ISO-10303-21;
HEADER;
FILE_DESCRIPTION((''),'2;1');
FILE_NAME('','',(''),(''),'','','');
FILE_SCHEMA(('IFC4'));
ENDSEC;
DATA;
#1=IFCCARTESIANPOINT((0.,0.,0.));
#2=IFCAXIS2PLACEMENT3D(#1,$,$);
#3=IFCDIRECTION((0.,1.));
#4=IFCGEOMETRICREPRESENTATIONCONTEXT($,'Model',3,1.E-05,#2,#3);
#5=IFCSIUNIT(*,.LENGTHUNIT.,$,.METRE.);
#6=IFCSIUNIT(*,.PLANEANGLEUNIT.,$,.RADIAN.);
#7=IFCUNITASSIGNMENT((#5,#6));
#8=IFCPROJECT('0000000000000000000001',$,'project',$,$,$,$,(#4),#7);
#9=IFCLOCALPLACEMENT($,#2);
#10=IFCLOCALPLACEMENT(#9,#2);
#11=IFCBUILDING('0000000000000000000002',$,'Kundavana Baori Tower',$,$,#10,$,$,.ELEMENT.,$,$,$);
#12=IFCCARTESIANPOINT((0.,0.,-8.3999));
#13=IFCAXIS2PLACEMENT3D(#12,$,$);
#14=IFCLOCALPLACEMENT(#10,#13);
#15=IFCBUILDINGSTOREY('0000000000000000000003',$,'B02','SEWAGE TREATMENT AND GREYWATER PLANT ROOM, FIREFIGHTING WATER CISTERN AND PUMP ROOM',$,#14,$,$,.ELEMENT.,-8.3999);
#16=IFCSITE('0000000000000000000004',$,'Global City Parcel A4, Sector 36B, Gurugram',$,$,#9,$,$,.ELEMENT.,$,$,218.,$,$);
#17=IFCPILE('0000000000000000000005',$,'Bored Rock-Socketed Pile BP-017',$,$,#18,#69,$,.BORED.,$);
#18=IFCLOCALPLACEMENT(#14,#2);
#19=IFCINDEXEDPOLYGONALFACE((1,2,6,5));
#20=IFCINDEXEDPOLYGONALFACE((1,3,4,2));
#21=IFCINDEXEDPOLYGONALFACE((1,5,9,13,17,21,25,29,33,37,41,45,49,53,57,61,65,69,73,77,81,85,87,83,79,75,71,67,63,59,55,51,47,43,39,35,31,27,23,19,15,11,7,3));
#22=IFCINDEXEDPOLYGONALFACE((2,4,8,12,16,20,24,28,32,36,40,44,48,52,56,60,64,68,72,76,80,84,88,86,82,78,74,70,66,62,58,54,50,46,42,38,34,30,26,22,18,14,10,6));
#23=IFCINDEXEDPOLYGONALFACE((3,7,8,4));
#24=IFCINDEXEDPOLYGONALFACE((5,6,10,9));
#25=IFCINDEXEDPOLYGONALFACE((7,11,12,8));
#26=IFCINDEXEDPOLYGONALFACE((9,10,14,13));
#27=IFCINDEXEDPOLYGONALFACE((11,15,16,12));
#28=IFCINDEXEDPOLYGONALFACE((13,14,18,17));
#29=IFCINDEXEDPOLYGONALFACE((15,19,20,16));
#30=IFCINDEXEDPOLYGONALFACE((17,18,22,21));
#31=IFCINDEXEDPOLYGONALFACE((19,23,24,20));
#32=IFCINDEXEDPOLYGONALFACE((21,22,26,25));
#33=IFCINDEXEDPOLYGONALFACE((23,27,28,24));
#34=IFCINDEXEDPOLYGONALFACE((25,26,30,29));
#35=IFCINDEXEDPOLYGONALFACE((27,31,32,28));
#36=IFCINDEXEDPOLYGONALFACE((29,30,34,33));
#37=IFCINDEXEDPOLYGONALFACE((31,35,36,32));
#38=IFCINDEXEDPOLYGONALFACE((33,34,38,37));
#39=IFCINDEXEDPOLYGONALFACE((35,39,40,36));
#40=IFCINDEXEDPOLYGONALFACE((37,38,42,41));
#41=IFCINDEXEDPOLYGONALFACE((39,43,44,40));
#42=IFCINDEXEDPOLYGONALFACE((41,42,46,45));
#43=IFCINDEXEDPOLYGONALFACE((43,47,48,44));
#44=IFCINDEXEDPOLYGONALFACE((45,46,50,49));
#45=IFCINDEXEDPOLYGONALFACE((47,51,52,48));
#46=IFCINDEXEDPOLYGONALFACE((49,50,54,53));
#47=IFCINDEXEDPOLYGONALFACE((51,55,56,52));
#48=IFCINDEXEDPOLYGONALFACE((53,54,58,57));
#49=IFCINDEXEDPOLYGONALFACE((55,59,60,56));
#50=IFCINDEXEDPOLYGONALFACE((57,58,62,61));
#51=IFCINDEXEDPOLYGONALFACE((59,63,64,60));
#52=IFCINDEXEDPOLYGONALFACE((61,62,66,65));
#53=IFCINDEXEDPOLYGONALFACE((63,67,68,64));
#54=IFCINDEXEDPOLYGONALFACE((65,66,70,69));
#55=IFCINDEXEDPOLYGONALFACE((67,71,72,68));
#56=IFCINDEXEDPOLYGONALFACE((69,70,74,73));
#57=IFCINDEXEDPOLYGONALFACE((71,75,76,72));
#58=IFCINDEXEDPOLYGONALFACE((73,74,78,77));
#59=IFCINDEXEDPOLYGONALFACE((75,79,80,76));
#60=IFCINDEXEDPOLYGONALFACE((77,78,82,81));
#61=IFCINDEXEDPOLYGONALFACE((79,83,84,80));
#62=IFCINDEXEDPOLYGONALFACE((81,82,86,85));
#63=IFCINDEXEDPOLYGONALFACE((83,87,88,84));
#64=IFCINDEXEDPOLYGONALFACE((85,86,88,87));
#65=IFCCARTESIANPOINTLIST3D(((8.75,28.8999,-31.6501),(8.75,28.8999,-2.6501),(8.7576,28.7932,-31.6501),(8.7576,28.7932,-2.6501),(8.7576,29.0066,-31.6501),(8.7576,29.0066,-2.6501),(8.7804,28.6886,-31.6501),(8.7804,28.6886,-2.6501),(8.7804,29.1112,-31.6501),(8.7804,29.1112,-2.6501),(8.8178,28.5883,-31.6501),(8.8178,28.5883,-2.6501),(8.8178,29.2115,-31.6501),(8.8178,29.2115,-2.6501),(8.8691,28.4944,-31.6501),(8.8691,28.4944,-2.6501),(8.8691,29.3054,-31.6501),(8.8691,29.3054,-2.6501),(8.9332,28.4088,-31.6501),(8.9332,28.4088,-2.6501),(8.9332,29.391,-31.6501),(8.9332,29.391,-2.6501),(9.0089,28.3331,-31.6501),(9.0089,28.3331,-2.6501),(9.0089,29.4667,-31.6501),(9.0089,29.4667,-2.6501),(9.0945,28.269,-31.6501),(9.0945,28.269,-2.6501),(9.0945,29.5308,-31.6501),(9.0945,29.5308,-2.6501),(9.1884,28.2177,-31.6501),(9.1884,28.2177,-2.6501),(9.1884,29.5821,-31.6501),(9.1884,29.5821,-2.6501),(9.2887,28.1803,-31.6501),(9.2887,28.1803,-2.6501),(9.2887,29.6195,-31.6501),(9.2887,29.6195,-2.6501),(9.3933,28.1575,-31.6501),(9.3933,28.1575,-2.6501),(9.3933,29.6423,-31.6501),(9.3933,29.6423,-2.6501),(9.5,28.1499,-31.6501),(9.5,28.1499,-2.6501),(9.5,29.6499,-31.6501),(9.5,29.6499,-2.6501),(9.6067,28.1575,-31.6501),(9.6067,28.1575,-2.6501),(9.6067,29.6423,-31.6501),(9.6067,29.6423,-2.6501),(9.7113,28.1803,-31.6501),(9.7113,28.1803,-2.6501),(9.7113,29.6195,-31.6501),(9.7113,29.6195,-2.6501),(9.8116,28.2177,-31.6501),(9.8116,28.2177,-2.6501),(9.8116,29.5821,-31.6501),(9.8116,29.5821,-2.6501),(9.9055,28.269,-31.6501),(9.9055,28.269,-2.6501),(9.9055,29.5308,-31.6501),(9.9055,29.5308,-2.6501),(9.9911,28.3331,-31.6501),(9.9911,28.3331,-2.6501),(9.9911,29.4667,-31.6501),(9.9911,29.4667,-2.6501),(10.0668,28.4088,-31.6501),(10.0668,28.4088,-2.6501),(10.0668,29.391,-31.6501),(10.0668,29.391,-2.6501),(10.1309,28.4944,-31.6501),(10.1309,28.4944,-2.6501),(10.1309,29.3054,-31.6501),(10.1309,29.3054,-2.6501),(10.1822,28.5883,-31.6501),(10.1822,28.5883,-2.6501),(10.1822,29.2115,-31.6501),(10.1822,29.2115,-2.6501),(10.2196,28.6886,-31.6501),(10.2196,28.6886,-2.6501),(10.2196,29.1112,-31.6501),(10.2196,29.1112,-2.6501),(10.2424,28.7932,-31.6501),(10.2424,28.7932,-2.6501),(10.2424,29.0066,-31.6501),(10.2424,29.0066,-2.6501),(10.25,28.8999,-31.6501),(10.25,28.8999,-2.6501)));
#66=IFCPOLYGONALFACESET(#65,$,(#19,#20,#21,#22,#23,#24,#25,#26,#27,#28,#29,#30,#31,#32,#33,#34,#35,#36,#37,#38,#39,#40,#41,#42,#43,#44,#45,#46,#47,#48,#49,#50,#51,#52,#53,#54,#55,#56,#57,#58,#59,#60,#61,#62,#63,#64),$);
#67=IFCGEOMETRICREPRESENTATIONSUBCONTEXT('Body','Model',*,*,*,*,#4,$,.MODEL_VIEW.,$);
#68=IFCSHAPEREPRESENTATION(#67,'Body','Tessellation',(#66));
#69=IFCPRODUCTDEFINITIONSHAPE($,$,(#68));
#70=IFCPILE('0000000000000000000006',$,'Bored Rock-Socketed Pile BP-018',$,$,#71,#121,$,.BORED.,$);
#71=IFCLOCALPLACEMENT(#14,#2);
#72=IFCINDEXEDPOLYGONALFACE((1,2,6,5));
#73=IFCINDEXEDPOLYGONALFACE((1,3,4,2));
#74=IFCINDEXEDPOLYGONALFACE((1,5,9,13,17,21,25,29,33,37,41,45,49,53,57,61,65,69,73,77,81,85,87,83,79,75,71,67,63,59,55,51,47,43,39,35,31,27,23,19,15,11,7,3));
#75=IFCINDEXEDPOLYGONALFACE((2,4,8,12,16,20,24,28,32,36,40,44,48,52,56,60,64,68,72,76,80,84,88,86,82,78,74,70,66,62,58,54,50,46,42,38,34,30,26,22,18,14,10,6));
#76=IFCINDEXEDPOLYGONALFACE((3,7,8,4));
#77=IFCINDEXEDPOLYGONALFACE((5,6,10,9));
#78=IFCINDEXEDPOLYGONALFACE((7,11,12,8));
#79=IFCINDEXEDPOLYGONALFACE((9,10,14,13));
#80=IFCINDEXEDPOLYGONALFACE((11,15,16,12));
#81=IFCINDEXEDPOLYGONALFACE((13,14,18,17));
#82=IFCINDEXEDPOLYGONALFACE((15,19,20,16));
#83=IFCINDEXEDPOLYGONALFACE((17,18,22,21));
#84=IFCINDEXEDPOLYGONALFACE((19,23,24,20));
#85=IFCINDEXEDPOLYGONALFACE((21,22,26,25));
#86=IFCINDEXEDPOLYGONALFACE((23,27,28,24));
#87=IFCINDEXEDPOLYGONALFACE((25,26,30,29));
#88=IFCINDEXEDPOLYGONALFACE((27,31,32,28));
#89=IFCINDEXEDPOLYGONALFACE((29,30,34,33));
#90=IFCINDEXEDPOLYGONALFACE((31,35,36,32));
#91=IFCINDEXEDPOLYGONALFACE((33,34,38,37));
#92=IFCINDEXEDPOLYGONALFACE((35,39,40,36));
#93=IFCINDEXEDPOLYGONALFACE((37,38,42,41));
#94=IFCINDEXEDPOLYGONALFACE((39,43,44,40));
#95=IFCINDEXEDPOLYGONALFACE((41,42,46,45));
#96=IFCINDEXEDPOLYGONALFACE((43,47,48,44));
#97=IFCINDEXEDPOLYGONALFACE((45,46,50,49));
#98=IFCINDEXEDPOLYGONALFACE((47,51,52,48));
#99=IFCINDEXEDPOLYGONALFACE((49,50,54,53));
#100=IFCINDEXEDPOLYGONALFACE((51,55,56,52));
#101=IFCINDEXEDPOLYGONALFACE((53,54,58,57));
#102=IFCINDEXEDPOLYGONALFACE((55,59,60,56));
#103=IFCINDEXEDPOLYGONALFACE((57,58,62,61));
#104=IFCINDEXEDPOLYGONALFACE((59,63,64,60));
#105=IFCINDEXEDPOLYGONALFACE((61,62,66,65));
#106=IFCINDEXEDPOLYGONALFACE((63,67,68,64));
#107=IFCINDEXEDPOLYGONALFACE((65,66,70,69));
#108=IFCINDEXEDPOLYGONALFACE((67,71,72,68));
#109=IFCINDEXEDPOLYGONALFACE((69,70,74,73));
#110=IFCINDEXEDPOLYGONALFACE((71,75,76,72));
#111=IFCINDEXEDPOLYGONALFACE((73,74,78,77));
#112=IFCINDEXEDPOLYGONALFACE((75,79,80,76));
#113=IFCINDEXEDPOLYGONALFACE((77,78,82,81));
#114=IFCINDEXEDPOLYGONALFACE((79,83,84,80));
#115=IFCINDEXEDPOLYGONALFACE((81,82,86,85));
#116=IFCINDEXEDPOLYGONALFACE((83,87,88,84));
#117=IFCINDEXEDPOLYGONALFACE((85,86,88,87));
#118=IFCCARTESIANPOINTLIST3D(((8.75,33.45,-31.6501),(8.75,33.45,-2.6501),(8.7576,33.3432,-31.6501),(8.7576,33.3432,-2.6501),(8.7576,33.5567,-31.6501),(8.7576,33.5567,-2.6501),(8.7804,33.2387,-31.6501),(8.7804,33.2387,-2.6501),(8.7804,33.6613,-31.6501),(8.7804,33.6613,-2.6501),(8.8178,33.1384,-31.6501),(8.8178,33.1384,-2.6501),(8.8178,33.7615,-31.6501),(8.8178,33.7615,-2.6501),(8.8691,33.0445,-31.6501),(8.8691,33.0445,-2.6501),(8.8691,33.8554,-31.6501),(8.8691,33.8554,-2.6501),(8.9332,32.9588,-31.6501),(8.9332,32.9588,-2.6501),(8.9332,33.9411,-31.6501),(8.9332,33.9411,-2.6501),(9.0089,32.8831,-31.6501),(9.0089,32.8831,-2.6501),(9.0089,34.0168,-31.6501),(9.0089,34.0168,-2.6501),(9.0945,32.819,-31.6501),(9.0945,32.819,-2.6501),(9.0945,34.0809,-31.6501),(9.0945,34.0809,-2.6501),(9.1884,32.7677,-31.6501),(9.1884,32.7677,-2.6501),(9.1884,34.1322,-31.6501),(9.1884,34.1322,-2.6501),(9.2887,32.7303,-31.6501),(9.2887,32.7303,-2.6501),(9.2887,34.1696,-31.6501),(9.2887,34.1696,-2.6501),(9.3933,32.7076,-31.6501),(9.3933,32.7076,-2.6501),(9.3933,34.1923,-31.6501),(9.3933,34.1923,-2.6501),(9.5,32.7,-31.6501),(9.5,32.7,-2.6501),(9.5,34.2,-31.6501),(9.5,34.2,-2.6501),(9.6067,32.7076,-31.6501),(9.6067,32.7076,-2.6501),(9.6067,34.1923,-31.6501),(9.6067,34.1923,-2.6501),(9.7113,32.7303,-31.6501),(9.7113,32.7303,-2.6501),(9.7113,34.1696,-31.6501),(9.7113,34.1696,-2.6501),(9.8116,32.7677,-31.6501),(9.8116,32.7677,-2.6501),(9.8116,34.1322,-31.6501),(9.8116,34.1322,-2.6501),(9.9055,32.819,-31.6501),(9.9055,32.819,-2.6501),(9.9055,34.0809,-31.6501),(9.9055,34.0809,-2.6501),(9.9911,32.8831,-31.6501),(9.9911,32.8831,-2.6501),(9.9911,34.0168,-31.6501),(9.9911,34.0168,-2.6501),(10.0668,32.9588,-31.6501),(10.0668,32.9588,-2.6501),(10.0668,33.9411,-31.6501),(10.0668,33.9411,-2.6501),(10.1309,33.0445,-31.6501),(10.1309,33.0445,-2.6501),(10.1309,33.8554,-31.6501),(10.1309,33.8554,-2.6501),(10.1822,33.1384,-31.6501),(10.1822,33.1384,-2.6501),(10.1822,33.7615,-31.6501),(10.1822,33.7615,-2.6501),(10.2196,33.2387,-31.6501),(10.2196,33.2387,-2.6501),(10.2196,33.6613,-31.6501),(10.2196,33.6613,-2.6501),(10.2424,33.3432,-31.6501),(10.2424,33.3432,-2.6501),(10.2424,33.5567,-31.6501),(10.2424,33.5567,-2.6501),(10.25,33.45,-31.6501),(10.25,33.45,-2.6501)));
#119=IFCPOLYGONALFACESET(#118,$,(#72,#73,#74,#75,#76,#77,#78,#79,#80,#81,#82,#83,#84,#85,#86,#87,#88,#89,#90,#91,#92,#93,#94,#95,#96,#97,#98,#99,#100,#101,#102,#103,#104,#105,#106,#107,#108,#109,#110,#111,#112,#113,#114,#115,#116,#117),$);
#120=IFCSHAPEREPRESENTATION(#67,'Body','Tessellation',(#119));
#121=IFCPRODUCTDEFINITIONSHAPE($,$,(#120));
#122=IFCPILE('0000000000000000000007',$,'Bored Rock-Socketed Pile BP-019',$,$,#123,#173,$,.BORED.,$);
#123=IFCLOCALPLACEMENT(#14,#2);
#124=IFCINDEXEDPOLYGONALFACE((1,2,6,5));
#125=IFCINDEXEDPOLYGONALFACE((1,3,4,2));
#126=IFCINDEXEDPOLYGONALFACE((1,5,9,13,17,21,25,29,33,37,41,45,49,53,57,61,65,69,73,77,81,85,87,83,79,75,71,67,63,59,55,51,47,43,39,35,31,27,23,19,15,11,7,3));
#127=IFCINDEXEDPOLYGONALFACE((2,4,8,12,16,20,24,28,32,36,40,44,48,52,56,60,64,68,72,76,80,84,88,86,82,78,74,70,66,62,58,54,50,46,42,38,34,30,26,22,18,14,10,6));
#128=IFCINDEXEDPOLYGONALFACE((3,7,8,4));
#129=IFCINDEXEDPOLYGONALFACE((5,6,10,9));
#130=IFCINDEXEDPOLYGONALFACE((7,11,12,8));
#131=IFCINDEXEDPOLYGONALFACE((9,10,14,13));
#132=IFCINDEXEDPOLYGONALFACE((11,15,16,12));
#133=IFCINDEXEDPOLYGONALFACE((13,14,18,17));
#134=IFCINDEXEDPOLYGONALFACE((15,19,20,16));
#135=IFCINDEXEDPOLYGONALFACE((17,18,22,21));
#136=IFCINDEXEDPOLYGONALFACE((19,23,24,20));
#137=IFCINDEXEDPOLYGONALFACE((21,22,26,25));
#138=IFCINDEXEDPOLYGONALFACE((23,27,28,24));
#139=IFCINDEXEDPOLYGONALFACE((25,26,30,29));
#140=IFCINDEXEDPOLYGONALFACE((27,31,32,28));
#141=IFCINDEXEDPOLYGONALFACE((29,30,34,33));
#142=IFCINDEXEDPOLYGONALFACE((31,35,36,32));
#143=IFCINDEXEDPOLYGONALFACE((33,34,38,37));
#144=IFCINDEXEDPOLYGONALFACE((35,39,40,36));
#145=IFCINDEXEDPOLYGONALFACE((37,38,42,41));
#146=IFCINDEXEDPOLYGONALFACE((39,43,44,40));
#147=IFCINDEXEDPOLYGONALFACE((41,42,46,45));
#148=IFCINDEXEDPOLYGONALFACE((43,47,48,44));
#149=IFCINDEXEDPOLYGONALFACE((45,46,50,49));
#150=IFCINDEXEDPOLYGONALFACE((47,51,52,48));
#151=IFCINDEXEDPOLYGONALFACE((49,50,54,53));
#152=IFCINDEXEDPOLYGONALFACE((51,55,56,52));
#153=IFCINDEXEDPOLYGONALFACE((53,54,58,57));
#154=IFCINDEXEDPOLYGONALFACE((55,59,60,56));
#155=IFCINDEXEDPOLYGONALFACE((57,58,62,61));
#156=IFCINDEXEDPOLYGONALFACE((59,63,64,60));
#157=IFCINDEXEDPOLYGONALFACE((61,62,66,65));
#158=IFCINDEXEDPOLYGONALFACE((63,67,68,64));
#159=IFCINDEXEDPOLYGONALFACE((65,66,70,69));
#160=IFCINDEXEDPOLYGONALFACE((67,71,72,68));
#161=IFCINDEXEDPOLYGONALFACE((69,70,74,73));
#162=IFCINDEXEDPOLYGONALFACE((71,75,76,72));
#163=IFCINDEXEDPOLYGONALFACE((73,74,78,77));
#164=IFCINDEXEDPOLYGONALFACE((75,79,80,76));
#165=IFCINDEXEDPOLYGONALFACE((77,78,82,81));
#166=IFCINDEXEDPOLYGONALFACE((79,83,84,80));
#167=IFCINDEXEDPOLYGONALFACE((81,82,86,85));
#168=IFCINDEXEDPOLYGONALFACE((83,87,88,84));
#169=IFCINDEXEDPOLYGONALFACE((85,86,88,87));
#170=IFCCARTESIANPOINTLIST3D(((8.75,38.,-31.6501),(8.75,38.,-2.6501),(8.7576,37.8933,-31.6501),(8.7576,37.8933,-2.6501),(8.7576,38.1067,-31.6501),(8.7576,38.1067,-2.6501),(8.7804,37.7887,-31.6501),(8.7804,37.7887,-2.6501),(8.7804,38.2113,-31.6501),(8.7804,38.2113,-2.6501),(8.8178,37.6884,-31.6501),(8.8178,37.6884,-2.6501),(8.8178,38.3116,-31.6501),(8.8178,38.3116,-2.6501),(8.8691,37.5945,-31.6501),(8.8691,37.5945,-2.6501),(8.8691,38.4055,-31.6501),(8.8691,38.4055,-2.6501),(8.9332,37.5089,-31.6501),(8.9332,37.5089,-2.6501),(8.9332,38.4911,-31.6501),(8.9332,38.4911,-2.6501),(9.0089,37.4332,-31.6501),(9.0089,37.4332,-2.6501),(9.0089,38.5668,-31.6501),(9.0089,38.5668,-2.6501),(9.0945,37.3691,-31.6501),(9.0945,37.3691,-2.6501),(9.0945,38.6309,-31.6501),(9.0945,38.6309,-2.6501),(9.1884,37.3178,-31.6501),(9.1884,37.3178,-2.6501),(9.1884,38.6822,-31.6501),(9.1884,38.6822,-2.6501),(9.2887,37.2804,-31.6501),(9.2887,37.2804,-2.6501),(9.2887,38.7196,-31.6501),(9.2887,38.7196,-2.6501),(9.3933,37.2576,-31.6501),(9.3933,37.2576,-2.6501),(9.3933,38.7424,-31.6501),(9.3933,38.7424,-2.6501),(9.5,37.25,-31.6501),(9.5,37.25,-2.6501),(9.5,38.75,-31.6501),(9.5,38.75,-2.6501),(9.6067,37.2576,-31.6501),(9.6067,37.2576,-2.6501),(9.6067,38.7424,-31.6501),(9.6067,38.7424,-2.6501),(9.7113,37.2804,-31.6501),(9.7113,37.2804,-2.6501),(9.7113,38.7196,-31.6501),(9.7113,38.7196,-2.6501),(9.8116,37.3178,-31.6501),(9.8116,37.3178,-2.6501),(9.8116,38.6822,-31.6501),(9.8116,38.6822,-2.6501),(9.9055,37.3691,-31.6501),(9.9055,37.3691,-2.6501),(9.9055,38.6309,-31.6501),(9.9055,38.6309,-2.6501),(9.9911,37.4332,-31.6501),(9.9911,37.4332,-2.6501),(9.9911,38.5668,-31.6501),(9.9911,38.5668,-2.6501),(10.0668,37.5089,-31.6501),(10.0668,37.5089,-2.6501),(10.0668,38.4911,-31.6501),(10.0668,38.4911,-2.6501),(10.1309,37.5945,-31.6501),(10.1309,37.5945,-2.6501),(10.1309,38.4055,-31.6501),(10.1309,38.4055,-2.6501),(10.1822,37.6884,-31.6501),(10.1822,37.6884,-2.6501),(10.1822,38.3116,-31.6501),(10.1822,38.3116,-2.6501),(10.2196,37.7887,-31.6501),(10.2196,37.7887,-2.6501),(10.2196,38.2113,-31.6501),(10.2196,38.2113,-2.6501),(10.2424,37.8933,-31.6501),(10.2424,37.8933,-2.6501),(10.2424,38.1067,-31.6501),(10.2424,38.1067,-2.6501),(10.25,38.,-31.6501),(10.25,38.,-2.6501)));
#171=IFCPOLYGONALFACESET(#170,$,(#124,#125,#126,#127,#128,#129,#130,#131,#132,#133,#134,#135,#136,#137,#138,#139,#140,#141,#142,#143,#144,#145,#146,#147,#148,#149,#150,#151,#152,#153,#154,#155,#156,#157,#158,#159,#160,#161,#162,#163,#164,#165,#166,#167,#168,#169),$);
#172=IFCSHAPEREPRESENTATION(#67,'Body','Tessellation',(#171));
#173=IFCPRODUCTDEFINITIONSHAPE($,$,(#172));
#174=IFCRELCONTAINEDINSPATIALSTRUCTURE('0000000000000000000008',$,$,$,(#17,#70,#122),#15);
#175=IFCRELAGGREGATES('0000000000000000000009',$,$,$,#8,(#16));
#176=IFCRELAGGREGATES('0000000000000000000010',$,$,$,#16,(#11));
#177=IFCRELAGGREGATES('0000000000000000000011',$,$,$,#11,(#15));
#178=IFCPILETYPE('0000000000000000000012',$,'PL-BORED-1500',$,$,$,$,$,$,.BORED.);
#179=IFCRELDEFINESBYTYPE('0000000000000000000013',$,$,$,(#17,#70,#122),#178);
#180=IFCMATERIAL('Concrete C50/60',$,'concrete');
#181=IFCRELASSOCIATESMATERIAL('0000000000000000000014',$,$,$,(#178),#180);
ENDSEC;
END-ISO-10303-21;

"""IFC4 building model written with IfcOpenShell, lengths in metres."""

from ifc_helpers import new_model, si_unit, direction, frame, origin, origin_2d, place, context, subcontext, project, spatial, circle, extrude, material, material_profile, profile_set, type_object, element, save


model = new_model("IFC4")

# Units and contexts
model_context = context("Model", 3, precision=1e-05, world=origin(), true_north=direction((0.0, 1.0)))
body_context = subcontext(model_context, "Body", "Model", "MODEL_VIEW")
ifc_project = project(units=[si_unit("LENGTHUNIT", "METRE"), si_unit("PLANEANGLEUNIT", "RADIAN")], contexts=[model_context])

# Site, building, storey
site_placement = place(None, origin())
site = spatial("IfcSite", under=ifc_project, at=site_placement, Name="Global City Parcel A4, Sector 36B, Gurugram", CompositionType="ELEMENT", RefElevation=218.0)
building_placement = place(site_placement, origin())
building = spatial("IfcBuilding", under=site, at=building_placement, Name="Kundavana Baori Tower", CompositionType="ELEMENT")
storey_placement = place(building_placement, frame((0.0, 0.0, -8.3999)))
storey = spatial("IfcBuildingStorey", under=building, at=storey_placement, Name="B02", Description="SEWAGE TREATMENT AND GREYWATER PLANT ROOM, FIREFIGHTING WATER CISTERN AND PUMP ROOM", CompositionType="ELEMENT", Elevation=-8.3999)

# Piles
ifc_material_1 = material(Name="Concrete C50/60", Category="concrete")
ifc_material_profile_1 = material_profile(ifc_material_1, circle(Radius=0.75, at=origin_2d()), Name="BORED PILE D1500")
ifc_profile_set_1 = profile_set([ifc_material_profile_1], Name="Concrete C50/60")
pile_type_1 = type_object("IfcPileType", Name="PL-BORED-1500", PredefinedType="BORED", material=ifc_profile_set_1)
for number, where, z_axis, x_axis, name in (
    (1, (9.5, 28.8999, -2.6501), (0.0, 0.0, -1.0), (1.0, 0.0, 0.0), "Bored Rock-Socketed Pile BP-017"),
    (2, (9.5, 33.45, -2.6501), (0.0, 0.0, -1.0), (1.0, 0.0, 0.0), "Bored Rock-Socketed Pile BP-018"),
    (3, (9.5, 38.0, -2.6501), (0.0, 0.0, -1.0), (1.0, 0.0, 0.0), "Bored Rock-Socketed Pile BP-019"),
):
    element("IfcPile", number, at=place(storey_placement, frame(where, z_axis=z_axis, x_axis=x_axis)), inside=storey, type_object=pile_type_1, Name=name, PredefinedType="BORED", context=body_context, shape_type="SweptSolid", body=[
        extrude(circle(Radius=0.75, at=origin_2d()), origin(), (0.0, 0.0, 1.0), 29.0),
    ])

save(model, "model.ifc")
